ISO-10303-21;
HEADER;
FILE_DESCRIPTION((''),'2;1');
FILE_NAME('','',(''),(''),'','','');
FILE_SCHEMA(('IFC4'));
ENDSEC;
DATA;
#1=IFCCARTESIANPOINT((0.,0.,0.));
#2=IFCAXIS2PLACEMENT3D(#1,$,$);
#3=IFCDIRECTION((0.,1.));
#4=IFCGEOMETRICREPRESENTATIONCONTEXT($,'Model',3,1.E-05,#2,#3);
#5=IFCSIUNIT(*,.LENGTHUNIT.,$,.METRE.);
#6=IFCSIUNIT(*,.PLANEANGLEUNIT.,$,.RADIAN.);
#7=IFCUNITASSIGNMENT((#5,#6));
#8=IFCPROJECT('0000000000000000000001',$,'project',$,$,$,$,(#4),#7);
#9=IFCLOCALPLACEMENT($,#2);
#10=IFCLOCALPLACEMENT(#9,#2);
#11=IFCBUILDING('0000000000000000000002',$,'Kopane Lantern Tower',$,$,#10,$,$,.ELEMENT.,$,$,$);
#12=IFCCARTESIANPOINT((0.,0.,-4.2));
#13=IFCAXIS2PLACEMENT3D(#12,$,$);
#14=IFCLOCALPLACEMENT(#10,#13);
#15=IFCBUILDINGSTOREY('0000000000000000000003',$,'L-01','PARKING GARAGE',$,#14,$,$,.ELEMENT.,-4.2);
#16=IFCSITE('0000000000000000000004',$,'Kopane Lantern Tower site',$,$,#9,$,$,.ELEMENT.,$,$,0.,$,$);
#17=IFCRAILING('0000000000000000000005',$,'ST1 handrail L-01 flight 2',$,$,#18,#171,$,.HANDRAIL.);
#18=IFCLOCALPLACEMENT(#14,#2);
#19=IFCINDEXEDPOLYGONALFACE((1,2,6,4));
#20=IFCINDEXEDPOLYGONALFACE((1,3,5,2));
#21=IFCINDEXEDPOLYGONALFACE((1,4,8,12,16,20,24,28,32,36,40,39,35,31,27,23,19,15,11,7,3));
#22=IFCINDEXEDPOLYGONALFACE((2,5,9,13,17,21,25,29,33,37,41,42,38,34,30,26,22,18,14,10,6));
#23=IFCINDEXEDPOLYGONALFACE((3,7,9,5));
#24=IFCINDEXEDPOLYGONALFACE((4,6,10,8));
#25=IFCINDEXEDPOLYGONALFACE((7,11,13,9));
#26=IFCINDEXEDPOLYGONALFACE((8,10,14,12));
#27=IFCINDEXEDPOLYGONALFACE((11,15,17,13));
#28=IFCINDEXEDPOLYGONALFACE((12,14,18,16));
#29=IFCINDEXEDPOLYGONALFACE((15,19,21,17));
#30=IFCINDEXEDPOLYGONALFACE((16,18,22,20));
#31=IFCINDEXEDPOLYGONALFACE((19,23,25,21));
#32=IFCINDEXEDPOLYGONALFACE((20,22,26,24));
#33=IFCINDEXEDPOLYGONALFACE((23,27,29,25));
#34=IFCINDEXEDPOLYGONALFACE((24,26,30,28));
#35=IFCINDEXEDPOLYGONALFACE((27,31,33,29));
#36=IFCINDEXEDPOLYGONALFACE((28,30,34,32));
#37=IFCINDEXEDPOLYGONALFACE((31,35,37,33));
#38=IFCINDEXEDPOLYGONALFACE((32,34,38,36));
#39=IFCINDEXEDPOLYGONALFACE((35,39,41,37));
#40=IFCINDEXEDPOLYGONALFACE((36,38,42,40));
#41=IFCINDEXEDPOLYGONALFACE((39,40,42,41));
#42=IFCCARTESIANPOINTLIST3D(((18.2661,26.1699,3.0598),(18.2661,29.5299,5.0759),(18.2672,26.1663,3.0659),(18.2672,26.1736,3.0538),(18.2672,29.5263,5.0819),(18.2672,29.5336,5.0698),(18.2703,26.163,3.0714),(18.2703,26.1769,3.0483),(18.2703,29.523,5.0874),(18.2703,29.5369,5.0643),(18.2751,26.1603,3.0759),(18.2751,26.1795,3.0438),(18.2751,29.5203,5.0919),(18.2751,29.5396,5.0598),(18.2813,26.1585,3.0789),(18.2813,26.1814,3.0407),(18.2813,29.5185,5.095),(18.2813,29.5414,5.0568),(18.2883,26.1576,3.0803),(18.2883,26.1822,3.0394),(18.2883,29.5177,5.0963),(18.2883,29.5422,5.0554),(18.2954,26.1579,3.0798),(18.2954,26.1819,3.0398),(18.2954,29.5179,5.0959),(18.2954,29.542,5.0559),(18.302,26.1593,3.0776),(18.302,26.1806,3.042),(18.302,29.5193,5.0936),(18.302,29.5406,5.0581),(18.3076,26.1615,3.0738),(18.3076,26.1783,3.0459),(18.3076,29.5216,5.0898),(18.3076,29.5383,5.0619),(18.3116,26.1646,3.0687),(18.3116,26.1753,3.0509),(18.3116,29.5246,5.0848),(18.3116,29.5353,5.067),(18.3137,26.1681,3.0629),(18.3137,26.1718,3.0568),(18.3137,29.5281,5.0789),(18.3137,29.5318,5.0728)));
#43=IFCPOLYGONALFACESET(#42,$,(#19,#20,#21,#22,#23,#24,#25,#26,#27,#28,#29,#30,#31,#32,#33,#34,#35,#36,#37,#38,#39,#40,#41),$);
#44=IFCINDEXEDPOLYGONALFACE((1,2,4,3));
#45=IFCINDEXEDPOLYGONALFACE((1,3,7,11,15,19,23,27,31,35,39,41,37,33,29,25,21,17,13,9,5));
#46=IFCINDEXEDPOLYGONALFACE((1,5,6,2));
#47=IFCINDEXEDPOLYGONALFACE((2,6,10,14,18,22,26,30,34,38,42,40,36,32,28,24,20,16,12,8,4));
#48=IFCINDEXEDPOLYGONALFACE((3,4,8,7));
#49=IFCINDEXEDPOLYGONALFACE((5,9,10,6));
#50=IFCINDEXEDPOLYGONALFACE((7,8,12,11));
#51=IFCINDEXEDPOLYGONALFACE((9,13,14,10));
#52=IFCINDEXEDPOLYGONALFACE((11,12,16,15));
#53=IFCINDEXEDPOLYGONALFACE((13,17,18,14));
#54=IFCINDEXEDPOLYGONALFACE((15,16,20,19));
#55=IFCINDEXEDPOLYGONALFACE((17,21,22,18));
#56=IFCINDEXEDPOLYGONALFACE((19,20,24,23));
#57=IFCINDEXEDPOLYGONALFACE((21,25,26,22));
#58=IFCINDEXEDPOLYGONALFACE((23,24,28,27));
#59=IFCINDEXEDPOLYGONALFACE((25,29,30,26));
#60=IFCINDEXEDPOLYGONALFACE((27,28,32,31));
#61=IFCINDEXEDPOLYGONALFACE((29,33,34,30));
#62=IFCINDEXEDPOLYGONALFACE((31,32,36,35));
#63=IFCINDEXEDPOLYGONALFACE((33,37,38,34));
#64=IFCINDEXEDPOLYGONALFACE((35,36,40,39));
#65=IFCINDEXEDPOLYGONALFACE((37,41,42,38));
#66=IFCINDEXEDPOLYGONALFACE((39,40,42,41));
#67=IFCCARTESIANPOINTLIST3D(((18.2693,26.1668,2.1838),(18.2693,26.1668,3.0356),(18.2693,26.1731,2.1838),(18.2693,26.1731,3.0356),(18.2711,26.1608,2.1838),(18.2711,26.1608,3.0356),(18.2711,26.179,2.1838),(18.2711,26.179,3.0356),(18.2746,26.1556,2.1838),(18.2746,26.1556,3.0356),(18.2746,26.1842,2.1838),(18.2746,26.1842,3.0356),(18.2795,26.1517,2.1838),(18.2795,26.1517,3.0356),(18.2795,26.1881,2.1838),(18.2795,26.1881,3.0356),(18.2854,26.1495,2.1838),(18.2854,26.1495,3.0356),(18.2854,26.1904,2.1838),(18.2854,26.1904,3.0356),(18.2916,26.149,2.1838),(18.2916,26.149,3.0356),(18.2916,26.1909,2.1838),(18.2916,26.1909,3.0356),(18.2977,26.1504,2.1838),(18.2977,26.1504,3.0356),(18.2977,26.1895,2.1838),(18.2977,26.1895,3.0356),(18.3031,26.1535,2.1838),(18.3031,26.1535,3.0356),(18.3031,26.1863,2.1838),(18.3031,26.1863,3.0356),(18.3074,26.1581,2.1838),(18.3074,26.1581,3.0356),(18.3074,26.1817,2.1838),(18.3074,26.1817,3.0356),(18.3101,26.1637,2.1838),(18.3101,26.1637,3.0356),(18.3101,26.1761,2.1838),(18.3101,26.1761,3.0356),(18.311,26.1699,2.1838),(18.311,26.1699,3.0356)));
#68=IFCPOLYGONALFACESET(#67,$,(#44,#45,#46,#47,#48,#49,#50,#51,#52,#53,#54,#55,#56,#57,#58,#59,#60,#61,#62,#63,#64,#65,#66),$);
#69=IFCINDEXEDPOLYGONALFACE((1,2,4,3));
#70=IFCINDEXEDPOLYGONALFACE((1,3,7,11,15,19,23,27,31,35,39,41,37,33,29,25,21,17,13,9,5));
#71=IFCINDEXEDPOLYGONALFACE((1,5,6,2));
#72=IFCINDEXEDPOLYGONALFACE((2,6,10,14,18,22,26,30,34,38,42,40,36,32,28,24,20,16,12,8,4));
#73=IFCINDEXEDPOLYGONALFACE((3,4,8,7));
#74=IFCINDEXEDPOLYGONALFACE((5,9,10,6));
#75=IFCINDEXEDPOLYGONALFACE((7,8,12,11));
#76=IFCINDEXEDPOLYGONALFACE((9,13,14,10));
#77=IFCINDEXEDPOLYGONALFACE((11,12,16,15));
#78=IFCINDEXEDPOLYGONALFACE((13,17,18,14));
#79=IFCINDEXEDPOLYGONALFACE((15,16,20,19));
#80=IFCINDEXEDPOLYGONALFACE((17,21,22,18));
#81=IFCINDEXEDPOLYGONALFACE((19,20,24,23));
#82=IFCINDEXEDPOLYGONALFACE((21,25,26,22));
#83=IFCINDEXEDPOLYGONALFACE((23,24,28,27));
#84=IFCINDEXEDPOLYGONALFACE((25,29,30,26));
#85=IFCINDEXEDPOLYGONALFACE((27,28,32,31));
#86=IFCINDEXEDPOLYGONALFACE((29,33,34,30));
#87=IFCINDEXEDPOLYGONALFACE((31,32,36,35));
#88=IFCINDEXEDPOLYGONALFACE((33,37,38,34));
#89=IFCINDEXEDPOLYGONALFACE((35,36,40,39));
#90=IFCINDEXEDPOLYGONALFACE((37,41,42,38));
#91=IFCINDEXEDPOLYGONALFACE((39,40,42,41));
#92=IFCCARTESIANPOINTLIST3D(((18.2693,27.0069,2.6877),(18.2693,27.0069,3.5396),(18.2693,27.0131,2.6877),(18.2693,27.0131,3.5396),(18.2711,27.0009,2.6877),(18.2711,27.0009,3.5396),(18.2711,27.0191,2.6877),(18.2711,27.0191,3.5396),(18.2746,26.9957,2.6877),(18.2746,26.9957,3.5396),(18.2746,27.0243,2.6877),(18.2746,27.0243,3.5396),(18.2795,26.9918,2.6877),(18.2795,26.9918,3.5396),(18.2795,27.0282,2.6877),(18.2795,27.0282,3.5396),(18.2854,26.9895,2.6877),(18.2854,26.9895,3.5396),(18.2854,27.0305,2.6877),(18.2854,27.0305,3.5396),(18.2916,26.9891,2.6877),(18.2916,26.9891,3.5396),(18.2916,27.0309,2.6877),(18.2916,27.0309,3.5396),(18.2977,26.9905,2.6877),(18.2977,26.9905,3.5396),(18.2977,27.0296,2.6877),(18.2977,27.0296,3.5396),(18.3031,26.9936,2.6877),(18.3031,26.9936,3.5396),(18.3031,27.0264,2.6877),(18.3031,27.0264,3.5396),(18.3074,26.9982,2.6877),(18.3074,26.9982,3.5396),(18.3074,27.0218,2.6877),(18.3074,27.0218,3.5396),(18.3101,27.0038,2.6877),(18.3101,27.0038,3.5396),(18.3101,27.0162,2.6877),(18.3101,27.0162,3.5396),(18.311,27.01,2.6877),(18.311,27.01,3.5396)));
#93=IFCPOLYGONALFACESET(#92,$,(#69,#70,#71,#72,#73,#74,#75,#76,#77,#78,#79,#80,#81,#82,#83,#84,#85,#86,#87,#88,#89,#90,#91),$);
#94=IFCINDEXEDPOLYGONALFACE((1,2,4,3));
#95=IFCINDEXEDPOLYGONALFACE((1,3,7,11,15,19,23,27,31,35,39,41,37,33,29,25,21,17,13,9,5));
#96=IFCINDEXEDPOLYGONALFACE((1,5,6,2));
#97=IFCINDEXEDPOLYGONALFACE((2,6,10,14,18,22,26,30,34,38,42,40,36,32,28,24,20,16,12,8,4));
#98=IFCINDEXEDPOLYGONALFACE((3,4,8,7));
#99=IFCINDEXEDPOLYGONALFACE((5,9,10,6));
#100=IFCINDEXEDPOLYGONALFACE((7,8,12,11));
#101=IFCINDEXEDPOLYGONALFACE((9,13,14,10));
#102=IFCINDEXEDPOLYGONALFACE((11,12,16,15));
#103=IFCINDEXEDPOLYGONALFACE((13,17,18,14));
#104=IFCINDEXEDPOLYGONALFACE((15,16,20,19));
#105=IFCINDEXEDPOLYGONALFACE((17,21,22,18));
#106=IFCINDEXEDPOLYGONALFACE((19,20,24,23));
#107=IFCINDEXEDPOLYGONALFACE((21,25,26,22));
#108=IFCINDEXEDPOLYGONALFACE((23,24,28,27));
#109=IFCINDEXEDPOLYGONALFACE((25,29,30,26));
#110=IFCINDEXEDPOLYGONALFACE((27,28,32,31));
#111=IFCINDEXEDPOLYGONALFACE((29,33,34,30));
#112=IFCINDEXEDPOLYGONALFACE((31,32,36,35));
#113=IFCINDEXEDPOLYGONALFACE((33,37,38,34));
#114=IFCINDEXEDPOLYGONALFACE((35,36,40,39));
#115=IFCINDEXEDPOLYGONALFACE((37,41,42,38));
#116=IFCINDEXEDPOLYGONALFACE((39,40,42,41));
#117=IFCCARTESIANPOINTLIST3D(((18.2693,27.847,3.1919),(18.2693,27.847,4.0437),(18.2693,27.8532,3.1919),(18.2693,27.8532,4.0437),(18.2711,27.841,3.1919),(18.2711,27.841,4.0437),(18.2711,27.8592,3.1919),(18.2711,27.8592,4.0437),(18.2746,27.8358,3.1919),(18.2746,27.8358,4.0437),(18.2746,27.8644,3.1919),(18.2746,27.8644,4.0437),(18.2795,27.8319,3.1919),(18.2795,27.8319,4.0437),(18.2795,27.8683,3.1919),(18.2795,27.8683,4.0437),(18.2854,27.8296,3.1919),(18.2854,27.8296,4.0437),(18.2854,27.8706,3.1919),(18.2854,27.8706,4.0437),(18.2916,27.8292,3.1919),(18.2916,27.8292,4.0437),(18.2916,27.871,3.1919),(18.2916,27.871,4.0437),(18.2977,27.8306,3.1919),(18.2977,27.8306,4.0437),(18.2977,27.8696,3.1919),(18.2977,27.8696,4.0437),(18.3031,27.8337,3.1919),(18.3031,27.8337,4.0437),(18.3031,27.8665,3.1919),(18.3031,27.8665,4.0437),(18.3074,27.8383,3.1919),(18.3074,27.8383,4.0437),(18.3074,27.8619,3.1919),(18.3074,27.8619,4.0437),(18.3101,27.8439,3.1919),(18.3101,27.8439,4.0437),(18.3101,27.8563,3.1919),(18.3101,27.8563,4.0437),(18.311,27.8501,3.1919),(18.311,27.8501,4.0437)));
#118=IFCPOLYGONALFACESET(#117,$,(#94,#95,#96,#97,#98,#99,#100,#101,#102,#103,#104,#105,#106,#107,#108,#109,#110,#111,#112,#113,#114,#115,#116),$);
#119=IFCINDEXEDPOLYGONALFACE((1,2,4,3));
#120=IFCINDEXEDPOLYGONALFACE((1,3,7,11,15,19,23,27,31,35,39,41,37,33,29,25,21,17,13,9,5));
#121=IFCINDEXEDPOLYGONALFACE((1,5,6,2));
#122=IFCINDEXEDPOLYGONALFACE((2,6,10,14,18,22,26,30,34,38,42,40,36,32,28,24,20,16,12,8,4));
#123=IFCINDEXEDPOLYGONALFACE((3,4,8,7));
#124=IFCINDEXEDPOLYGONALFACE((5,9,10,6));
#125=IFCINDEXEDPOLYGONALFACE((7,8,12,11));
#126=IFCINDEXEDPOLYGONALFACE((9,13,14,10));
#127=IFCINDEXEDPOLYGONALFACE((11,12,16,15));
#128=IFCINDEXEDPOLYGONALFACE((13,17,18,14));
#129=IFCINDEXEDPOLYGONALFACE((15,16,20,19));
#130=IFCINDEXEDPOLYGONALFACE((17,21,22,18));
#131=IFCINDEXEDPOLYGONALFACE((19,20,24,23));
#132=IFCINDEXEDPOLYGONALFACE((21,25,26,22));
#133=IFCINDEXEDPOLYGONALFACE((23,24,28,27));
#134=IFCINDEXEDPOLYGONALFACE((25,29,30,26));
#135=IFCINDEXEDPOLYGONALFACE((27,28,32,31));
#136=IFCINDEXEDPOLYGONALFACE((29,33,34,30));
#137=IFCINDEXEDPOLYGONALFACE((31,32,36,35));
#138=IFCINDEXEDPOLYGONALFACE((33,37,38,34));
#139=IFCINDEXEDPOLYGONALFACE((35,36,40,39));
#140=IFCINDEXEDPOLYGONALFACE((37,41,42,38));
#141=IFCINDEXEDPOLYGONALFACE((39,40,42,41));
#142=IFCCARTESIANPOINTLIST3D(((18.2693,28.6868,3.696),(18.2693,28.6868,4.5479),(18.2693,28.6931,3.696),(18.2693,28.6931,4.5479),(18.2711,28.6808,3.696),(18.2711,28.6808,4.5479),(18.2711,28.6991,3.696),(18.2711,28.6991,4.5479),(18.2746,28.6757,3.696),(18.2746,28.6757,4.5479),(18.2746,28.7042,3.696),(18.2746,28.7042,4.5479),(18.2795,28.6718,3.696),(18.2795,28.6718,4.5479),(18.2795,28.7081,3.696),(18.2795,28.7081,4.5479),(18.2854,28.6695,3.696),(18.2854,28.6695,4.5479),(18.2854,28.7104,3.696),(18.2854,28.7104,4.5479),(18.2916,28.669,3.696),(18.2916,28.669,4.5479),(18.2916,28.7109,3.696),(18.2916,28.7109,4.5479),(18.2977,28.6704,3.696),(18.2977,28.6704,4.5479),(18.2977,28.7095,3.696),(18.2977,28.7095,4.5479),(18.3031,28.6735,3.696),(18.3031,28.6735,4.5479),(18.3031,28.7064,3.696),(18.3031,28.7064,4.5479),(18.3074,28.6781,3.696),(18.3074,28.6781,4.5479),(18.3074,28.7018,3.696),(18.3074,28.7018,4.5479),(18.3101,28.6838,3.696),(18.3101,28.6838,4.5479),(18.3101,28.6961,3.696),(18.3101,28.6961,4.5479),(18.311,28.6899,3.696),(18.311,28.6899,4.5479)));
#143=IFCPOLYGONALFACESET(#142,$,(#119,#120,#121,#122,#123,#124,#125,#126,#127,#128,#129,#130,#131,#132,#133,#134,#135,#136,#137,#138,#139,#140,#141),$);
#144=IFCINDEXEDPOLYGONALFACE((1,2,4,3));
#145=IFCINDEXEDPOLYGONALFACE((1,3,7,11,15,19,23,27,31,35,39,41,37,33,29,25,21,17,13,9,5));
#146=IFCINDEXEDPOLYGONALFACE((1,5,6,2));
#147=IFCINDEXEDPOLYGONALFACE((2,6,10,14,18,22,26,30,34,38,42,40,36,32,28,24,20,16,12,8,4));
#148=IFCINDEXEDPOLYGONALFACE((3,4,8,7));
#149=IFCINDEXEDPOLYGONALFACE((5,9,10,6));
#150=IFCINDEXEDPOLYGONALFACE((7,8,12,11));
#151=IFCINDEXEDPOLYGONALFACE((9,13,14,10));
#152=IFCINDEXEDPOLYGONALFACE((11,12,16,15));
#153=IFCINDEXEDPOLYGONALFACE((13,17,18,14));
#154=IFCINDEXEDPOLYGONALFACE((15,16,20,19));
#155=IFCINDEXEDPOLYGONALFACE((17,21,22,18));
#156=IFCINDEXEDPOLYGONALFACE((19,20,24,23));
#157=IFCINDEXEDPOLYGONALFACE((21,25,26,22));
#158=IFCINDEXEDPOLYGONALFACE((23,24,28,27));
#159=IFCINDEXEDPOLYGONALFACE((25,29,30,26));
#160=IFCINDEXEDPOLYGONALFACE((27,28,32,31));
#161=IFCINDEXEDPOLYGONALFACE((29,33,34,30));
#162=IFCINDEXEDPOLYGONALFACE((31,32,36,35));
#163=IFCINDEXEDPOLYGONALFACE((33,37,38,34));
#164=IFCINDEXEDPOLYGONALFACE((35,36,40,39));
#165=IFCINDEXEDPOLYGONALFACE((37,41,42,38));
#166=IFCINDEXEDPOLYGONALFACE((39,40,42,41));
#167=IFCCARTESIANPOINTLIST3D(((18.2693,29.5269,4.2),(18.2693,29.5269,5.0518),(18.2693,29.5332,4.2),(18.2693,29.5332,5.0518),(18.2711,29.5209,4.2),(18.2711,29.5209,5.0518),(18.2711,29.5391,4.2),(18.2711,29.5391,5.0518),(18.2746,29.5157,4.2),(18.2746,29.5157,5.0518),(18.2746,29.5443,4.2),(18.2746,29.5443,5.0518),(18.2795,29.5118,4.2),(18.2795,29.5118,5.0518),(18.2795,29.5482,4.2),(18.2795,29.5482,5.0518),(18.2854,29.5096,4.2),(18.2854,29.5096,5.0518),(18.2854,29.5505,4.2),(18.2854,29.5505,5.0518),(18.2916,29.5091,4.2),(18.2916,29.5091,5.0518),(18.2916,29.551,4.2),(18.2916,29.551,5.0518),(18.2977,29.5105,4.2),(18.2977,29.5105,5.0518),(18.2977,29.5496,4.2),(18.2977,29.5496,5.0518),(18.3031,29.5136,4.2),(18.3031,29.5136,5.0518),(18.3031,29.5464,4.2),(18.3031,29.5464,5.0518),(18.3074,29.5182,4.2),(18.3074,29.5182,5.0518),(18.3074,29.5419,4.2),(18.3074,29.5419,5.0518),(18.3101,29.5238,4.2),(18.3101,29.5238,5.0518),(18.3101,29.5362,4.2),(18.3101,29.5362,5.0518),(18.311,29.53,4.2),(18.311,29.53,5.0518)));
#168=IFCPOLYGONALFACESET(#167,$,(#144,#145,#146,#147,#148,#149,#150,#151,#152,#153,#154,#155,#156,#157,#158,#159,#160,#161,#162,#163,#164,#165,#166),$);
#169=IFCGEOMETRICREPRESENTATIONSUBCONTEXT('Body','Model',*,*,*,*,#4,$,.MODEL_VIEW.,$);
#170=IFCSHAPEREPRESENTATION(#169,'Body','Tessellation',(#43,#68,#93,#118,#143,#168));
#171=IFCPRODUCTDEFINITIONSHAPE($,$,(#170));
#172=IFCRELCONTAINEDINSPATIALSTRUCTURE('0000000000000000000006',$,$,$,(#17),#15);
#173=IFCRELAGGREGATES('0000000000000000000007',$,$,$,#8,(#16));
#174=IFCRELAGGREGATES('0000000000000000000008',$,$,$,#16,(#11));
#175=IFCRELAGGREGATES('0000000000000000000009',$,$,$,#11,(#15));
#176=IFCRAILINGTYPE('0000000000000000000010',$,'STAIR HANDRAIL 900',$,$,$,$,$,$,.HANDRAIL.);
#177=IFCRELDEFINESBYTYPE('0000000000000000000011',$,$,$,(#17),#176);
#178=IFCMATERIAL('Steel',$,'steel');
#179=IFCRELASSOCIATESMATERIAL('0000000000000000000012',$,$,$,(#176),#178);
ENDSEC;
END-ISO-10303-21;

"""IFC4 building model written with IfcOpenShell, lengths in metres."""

from ifc_helpers import new_model, si_unit, direction, frame, origin, origin_2d, place, context, subcontext, project, spatial, circle, extrude, material, type_object, element, save


model = new_model("IFC4")

# Units and contexts
model_context = context("Model", 3, precision=1e-05, world=origin(), true_north=direction((0.0, 1.0)))
body_context = subcontext(model_context, "Body", "Model", "MODEL_VIEW")
ifc_project = project(units=[si_unit("LENGTHUNIT", "METRE"), si_unit("PLANEANGLEUNIT", "RADIAN")], contexts=[model_context])

# Site, building, storey
site_placement = place(None, origin())
site = spatial("IfcSite", under=ifc_project, at=site_placement, Name="Kopane Lantern Tower site", CompositionType="ELEMENT", RefElevation=0.0)
building_placement = place(site_placement, origin())
building = spatial("IfcBuilding", under=site, at=building_placement, Name="Kopane Lantern Tower", CompositionType="ELEMENT")
storey_placement = place(building_placement, frame((0.0, 0.0, -4.2)))
storey = spatial("IfcBuildingStorey", under=building, at=storey_placement, Name="L-01", Description="PARKING GARAGE", CompositionType="ELEMENT", Elevation=-4.2)

# Railing
ifc_material_1 = material(Name="Steel", Category="steel")
railing_type_1 = type_object("IfcRailingType", Name="STAIR HANDRAIL 900", PredefinedType="HANDRAIL", material=ifc_material_1)
for number, where, name in (
    (1, (18.29, 26.1699, 2.1838), "ST1 handrail L-01 flight 2"),
):
    element("IfcRailing", number, at=place(storey_placement, frame(where)), inside=storey, type_object=railing_type_1, Name=name, PredefinedType="HANDRAIL", context=body_context, shape_type="SweptSolid", body=[
        extrude(circle(Radius=0.0239, at=origin_2d()), frame((0.0, 0.0, 0.876), z_axis=(0.0, 0.857487, 0.514505), x_axis=(-1.0, 0.0, 0.0)), (0.0, 0.0, 1.0), 3.9185),
        extrude(circle(Radius=0.021, at=origin_2d()), origin(), (0.0, 0.0, 1.0), 0.8518),
        extrude(circle(Radius=0.021, at=origin_2d()), frame((0.0, 0.8401, 0.5039)), (0.0, 0.0, 1.0), 0.8518),
        extrude(circle(Radius=0.021, at=origin_2d()), frame((0.0, 1.6802, 1.0081)), (0.0, 0.0, 1.0), 0.8518),
        extrude(circle(Radius=0.021, at=origin_2d()), frame((0.0, 2.52, 1.5122)), (0.0, 0.0, 1.0), 0.8518),
        extrude(circle(Radius=0.021, at=origin_2d()), frame((0.0, 3.3601, 2.0161)), (0.0, 0.0, 1.0), 0.8518),
    ])

save(model, "model.ifc")
